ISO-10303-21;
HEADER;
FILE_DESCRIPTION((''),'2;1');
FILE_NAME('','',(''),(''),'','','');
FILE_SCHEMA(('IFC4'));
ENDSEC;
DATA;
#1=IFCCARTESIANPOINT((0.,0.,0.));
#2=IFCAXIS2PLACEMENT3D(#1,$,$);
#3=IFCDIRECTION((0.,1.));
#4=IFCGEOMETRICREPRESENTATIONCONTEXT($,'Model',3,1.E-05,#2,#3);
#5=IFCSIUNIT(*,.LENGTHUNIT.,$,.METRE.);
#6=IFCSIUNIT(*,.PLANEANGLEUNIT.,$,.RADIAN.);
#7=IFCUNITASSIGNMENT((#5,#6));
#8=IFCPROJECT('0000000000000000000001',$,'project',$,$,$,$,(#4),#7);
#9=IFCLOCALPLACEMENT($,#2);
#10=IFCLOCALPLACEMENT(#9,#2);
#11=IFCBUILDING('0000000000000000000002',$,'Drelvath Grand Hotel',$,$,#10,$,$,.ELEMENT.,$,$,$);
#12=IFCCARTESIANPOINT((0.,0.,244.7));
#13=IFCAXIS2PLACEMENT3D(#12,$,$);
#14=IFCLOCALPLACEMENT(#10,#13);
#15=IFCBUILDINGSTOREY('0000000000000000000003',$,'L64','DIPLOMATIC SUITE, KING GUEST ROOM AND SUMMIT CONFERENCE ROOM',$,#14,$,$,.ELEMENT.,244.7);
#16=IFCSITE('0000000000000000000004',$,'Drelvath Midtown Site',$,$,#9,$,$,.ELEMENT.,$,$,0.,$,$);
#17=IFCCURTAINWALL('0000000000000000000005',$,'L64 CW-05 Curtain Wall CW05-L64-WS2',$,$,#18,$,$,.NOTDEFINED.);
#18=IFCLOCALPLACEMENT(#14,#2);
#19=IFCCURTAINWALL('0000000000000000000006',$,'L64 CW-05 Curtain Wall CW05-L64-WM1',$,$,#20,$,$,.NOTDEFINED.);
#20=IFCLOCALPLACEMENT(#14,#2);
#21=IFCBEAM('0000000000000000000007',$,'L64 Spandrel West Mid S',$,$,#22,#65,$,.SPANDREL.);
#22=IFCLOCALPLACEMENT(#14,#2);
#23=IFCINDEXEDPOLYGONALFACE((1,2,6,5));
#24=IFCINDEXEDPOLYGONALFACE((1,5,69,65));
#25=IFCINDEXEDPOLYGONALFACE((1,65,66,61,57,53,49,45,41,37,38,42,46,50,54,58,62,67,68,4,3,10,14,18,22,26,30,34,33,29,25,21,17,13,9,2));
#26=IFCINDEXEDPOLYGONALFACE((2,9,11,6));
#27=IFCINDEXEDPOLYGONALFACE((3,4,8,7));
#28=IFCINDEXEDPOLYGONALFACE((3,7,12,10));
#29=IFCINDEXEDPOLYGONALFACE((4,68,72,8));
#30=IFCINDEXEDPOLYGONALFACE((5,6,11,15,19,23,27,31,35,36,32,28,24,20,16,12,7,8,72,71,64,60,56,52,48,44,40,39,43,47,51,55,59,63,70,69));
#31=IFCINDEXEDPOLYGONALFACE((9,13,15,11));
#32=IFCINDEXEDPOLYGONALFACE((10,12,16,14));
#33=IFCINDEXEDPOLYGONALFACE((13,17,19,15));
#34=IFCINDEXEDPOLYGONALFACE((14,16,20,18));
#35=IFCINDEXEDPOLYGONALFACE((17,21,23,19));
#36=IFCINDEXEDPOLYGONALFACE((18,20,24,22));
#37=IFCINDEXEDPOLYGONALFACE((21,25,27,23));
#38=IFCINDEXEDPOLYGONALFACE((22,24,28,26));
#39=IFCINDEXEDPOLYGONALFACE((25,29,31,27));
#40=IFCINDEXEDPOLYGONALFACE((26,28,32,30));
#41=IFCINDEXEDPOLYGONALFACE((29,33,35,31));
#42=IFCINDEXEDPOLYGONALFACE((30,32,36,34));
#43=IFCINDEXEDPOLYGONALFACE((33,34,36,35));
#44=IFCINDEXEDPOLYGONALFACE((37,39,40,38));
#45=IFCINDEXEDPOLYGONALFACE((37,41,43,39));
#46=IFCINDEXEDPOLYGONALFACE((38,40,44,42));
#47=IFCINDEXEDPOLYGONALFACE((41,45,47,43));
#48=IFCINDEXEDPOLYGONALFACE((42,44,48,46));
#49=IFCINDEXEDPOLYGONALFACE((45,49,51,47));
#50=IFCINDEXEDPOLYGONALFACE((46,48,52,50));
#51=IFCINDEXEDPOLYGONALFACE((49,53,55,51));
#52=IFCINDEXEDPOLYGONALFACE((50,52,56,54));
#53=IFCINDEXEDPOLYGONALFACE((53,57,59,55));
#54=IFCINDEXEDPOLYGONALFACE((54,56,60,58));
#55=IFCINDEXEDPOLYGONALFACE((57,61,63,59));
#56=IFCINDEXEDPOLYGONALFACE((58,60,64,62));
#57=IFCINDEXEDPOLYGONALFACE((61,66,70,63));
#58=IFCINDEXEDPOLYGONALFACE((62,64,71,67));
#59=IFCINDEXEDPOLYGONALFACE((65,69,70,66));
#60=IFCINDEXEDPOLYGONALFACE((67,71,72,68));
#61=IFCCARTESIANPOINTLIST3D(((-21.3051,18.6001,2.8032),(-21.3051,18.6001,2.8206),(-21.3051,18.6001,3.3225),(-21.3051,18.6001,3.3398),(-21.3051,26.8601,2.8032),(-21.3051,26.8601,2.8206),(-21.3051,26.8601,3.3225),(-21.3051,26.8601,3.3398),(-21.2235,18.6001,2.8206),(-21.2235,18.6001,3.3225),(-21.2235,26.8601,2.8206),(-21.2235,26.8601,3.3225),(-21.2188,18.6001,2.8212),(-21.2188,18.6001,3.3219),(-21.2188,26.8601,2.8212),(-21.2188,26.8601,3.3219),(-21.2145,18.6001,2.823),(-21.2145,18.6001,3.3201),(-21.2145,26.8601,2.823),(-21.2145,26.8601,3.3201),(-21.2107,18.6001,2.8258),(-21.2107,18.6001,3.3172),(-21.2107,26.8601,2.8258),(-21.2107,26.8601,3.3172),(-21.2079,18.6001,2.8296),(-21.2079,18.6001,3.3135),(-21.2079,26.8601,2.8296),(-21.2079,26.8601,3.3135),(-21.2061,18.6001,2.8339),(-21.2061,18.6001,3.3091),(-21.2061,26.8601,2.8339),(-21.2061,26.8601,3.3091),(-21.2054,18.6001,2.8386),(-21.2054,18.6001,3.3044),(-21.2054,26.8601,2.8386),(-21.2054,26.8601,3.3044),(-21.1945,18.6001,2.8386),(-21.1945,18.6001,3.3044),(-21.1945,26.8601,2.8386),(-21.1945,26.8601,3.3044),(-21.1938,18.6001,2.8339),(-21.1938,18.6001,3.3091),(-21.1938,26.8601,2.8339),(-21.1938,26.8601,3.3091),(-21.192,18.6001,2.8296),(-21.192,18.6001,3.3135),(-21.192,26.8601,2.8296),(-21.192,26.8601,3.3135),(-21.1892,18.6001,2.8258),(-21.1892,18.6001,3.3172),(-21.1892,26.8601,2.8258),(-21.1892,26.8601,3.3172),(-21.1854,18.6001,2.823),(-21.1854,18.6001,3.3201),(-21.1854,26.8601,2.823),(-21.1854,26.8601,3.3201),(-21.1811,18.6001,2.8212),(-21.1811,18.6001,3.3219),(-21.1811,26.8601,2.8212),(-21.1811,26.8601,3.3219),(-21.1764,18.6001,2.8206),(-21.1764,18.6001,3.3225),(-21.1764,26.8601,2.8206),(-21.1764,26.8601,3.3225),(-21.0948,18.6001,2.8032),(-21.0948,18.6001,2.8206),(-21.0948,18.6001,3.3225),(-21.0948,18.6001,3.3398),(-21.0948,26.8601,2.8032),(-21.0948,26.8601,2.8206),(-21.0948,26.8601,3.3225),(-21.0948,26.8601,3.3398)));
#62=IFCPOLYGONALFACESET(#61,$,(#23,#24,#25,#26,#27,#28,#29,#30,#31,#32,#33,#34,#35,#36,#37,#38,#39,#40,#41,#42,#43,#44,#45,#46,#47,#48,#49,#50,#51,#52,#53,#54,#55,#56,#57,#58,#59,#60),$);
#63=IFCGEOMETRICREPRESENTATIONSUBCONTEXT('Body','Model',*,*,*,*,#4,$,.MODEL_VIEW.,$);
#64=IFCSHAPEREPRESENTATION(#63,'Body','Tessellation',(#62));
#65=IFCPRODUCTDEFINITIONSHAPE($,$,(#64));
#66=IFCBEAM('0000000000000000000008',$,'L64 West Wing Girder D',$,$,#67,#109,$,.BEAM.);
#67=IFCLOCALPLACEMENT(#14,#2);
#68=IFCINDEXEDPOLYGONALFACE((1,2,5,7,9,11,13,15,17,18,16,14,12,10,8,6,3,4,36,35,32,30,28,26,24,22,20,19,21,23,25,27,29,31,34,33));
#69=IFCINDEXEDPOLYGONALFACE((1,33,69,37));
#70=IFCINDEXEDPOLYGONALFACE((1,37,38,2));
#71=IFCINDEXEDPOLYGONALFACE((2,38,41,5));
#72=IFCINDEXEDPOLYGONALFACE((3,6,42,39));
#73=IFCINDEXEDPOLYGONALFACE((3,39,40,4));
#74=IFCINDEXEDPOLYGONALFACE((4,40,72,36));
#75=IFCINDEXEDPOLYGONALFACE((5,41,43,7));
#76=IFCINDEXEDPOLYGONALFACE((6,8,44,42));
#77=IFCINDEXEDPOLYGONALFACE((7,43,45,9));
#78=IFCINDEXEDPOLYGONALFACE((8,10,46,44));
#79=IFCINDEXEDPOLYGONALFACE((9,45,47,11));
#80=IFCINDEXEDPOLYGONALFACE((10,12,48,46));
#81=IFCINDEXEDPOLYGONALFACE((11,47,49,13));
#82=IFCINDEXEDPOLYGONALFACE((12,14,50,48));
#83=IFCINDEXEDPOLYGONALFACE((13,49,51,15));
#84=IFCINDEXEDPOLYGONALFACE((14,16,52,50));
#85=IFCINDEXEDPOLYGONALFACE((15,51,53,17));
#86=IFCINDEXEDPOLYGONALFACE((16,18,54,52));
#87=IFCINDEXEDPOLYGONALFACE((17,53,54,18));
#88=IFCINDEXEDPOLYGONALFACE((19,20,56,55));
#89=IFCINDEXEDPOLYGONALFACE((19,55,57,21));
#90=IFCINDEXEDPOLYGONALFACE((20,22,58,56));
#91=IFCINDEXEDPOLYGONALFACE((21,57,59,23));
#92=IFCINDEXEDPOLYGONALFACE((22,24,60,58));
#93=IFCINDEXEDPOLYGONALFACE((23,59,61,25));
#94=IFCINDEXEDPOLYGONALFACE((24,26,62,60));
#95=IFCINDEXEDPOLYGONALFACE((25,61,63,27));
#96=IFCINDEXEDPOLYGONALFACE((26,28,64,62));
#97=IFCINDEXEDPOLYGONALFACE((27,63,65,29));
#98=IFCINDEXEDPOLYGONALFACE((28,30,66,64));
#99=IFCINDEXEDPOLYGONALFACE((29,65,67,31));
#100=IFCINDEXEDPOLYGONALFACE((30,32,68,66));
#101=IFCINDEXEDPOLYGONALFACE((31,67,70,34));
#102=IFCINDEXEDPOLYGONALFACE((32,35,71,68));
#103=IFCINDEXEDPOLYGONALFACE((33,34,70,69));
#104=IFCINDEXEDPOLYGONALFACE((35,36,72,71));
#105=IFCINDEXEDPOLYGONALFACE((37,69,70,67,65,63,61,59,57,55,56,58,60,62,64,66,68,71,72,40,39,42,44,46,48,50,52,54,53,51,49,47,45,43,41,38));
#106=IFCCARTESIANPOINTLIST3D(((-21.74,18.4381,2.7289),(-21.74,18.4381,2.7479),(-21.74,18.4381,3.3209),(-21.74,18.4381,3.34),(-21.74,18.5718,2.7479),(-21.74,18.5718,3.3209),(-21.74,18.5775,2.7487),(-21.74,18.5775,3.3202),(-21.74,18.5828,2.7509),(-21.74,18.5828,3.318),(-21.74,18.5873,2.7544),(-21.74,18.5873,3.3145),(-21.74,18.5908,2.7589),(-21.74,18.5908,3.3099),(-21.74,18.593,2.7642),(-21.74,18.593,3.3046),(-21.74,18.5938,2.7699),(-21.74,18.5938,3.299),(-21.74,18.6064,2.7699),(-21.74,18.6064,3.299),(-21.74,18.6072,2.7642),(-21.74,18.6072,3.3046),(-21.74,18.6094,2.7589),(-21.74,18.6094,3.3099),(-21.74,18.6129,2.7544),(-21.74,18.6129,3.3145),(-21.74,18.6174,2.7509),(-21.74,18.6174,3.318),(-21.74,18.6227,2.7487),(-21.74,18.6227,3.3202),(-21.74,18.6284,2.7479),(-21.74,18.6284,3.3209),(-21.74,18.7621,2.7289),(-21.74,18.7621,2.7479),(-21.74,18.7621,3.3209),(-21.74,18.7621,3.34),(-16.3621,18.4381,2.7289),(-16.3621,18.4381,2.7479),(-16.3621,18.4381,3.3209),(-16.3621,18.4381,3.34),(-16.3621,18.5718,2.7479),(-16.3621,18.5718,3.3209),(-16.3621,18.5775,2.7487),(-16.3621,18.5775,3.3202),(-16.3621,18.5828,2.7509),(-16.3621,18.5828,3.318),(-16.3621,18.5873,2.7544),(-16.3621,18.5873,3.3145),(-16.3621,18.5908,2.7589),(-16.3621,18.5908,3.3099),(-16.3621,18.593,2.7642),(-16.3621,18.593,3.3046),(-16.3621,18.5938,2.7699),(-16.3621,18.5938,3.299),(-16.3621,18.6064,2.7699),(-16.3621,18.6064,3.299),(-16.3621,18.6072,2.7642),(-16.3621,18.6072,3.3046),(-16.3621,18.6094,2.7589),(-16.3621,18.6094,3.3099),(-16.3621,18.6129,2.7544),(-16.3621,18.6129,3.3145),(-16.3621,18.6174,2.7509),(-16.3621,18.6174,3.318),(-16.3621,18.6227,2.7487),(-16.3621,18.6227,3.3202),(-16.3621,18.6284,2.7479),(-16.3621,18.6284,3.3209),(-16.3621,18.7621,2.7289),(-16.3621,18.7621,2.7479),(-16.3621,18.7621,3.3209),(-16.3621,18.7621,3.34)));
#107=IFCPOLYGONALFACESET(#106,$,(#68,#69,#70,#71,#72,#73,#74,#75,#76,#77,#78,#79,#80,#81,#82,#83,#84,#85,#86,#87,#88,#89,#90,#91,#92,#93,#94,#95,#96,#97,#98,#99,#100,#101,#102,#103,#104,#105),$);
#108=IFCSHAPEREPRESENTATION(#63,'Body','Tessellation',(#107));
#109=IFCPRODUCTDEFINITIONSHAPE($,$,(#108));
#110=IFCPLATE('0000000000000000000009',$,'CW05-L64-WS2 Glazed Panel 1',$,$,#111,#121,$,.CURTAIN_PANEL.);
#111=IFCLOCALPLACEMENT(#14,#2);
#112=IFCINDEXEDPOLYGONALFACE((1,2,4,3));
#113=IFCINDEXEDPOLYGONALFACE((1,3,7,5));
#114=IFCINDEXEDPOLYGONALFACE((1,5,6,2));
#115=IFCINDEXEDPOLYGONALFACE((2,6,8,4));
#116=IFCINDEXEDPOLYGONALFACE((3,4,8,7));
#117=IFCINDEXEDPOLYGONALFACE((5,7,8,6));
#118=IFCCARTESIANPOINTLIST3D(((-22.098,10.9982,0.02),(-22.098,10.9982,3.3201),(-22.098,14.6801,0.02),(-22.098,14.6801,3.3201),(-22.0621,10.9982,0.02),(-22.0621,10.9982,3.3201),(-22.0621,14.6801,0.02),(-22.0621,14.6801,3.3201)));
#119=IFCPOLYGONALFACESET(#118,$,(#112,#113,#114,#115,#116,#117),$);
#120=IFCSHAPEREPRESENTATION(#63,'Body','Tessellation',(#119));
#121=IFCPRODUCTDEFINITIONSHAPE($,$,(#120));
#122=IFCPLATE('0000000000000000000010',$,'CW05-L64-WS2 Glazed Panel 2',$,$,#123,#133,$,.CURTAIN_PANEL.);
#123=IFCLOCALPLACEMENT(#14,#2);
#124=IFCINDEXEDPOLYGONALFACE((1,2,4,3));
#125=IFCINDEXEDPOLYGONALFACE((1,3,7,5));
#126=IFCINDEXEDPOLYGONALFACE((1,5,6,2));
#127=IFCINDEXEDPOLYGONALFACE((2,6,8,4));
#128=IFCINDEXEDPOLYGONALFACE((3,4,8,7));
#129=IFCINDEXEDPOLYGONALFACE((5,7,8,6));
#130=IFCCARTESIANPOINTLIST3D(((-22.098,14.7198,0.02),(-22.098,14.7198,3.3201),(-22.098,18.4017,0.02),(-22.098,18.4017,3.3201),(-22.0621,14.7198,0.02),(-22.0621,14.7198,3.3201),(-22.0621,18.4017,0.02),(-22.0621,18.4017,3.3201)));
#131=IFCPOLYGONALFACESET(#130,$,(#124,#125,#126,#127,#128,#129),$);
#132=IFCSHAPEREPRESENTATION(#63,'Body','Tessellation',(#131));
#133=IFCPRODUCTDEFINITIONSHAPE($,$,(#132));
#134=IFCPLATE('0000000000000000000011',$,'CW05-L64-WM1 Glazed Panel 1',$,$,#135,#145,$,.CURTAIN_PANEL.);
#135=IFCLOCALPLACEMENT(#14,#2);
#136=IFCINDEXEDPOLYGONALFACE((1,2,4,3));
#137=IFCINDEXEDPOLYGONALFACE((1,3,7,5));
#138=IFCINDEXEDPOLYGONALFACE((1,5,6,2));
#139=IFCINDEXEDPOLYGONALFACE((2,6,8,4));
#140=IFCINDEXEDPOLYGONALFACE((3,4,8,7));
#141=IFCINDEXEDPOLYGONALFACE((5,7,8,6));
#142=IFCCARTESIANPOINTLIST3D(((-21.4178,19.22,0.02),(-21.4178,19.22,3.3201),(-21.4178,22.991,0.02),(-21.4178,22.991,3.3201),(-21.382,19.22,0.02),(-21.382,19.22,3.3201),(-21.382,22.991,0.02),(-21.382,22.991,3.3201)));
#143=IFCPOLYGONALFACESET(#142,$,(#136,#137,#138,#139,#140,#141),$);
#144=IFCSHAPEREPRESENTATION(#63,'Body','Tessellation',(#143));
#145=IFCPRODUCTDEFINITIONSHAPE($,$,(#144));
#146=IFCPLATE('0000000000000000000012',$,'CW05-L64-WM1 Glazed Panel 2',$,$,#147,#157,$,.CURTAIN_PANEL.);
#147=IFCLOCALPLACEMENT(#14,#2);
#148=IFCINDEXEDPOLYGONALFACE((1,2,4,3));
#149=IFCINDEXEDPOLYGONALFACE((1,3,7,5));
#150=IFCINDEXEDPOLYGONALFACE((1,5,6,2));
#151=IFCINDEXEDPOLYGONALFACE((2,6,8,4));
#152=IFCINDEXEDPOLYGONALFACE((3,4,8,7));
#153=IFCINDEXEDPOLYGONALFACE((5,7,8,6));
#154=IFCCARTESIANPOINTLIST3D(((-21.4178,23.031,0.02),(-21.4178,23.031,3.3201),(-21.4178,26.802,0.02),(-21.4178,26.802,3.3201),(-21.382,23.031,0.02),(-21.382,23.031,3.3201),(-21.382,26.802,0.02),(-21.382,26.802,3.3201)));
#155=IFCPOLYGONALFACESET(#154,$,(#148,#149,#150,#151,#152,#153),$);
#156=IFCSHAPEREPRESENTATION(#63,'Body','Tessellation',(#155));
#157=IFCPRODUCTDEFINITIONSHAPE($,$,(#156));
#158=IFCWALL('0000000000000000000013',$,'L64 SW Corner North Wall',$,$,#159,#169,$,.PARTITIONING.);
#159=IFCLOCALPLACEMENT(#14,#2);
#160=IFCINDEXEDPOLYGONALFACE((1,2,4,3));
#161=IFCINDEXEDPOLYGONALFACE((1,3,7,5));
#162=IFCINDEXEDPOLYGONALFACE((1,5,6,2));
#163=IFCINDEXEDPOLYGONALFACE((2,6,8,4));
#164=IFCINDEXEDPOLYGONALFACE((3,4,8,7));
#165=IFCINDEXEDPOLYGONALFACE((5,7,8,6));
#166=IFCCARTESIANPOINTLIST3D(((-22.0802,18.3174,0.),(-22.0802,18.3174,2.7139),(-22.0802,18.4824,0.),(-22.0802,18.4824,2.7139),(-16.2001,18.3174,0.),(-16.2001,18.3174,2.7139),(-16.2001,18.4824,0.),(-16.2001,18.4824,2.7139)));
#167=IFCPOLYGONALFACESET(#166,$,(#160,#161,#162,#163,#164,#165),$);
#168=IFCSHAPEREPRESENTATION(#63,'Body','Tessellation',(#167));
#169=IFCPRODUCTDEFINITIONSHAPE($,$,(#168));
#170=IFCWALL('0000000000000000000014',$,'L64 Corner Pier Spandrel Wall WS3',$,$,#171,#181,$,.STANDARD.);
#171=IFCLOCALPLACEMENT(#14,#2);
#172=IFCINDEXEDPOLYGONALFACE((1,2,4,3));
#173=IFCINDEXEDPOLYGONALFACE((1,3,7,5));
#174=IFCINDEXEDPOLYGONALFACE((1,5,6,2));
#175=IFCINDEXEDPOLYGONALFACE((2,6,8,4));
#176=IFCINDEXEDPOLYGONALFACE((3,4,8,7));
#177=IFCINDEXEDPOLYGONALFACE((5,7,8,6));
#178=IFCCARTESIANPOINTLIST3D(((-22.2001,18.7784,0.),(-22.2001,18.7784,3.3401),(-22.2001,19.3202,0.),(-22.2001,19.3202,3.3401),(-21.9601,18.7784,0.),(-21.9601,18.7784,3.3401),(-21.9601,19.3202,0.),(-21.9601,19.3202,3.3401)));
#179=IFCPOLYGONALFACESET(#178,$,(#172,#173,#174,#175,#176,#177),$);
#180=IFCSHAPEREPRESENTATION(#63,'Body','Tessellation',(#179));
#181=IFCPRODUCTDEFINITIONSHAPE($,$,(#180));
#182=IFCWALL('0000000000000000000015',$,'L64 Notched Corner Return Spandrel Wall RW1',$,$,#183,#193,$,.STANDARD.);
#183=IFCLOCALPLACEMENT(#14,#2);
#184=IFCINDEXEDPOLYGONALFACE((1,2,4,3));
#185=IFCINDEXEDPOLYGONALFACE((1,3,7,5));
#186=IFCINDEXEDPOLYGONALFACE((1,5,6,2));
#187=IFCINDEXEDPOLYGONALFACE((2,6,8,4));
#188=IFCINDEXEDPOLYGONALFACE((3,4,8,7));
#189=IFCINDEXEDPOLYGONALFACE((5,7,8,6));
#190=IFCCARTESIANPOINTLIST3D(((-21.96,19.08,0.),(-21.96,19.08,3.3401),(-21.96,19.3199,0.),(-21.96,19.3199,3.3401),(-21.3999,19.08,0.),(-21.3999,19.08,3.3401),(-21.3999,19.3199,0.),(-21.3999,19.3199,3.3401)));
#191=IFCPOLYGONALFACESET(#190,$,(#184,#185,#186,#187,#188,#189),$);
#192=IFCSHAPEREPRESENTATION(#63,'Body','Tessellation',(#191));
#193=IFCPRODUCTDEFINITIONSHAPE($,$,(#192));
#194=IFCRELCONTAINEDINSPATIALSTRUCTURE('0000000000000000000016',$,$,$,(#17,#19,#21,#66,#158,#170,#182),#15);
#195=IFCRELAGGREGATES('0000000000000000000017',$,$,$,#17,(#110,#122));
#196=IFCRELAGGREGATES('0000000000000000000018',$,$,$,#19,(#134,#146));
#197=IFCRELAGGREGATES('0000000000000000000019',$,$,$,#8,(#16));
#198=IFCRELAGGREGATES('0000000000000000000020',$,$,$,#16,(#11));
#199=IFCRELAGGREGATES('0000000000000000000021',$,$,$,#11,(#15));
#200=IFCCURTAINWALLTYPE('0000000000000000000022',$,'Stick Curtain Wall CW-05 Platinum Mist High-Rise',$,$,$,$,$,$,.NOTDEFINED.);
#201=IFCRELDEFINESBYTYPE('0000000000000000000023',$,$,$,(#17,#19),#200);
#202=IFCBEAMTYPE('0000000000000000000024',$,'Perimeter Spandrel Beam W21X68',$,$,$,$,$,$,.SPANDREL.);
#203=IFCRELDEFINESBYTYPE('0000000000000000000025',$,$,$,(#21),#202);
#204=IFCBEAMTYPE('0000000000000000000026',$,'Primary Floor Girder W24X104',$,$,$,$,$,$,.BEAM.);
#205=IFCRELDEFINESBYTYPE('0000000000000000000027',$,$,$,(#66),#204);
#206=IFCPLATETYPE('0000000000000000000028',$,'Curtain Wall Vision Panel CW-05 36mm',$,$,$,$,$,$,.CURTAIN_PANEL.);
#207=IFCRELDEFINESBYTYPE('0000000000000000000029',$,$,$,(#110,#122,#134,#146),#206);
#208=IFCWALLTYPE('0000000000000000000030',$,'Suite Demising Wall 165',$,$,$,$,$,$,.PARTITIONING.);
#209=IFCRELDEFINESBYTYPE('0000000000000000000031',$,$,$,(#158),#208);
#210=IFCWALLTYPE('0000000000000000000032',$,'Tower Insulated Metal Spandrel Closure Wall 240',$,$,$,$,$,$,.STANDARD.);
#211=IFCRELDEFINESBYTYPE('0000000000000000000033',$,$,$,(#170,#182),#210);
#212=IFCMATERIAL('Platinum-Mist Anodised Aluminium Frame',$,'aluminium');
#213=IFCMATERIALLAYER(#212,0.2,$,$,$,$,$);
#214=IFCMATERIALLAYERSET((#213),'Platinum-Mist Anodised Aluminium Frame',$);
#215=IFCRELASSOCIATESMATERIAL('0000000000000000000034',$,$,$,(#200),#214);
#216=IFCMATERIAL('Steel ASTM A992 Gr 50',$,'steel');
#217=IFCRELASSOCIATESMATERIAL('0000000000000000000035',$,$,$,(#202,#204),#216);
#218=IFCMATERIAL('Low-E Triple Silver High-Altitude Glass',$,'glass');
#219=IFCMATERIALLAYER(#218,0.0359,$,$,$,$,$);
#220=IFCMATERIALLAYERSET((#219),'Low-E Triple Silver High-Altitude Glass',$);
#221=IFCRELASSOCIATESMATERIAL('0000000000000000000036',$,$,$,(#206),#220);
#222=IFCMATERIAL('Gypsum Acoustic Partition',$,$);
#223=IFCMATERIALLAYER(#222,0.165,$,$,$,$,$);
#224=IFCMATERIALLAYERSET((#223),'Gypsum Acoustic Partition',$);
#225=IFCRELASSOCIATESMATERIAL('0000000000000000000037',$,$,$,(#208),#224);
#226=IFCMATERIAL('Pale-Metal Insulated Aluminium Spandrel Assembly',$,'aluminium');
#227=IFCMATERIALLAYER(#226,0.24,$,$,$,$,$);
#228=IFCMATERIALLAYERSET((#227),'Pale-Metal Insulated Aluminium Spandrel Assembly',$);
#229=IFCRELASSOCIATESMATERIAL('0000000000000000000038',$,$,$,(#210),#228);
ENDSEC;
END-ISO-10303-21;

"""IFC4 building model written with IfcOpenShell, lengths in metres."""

from ifc_helpers import new_model, si_unit, direction, frame, frame_2d, origin, origin_2d, place, context, subcontext, project, spatial, rectangle, i_section, extrude, material, layer, layer_set, material_profile, profile_set, type_object, element, aggregate, save


model = new_model("IFC4")

# Units and contexts
model_context = context("Model", 3, precision=1e-05, world=origin(), true_north=direction((0.0, 1.0)))
body_context = subcontext(model_context, "Body", "Model", "MODEL_VIEW")
ifc_project = project(units=[si_unit("LENGTHUNIT", "METRE"), si_unit("PLANEANGLEUNIT", "RADIAN")], contexts=[model_context])

# Site, building, storey
site_placement = place(None, origin())
site = spatial("IfcSite", under=ifc_project, at=site_placement, Name="Drelvath Midtown Site", CompositionType="ELEMENT", RefElevation=0.0)
building_placement = place(site_placement, origin())
building = spatial("IfcBuilding", under=site, at=building_placement, Name="Drelvath Grand Hotel", CompositionType="ELEMENT")
storey_placement = place(building_placement, frame((0.0, 0.0, 244.7)))
storey = spatial("IfcBuildingStorey", under=building, at=storey_placement, Name="L64", Description="DIPLOMATIC SUITE, KING GUEST ROOM AND SUMMIT CONFERENCE ROOM", CompositionType="ELEMENT", Elevation=244.7)

# Shared definitions
ifc_material_1 = material(Name="Steel ASTM A992 Gr 50", Category="steel")

# Curtain walls
ifc_material_2 = material(Name="Platinum-Mist Anodised Aluminium Frame", Category="aluminium")
ifc_layer_1 = layer(ifc_material_2, 0.2)
ifc_layer_set_1 = layer_set([ifc_layer_1], Name="Platinum-Mist Anodised Aluminium Frame")
curtain_wall_type = type_object("IfcCurtainWallType", Name="Stick Curtain Wall CW-05 Platinum Mist High-Rise", PredefinedType="NOTDEFINED", material=ifc_layer_set_1)
curtain_wall_1_placement = place(storey_placement, origin())
curtain_wall_1 = element("IfcCurtainWall", 1, at=curtain_wall_1_placement, inside=storey, type_object=curtain_wall_type, Name="L64 CW-05 Curtain Wall CW05-L64-WS2", PredefinedType="NOTDEFINED")
curtain_wall_2_placement = place(storey_placement, origin())
curtain_wall_2 = element("IfcCurtainWall", 2, at=curtain_wall_2_placement, inside=storey, type_object=curtain_wall_type, Name="L64 CW-05 Curtain Wall CW05-L64-WM1", PredefinedType="NOTDEFINED")

# Beams
ifc_material_profile_1 = material_profile(ifc_material_1, i_section(OverallWidth=0.2102, OverallDepth=0.5366, WebThickness=0.011, FlangeThickness=0.0173, FilletRadius=0.0181, at=origin_2d()), Name="W21X68")
ifc_profile_set_1 = profile_set([ifc_material_profile_1], Name="Steel ASTM A992 Gr 50")
beam_type_1 = type_object("IfcBeamType", Name="Perimeter Spandrel Beam W21X68", PredefinedType="SPANDREL", material=ifc_profile_set_1)
beam_1_placement = place(storey_placement, frame((-21.2, 18.6001, 3.0715), z_axis=(0.0, 1.0, 0.0), x_axis=(-1.0, 0.0, 0.0)))
element("IfcBeam", 3, at=beam_1_placement, inside=storey, type_object=beam_type_1, Name="L64 Spandrel West Mid S", PredefinedType="SPANDREL", context=body_context, shape_type="SweptSolid", body=[
    extrude(i_section(OverallWidth=0.2102, OverallDepth=0.5366, WebThickness=0.011, FlangeThickness=0.0173, FilletRadius=0.0181, at=origin_2d()), origin(), (0.0, 0.0, 1.0), 8.26),
])
ifc_material_profile_2 = material_profile(ifc_material_1, i_section(OverallWidth=0.324, OverallDepth=0.6111, WebThickness=0.0127, FlangeThickness=0.019, FilletRadius=0.022, at=origin_2d()), Name="W24X104")
ifc_profile_set_2 = profile_set([ifc_material_profile_2], Name="Steel ASTM A992 Gr 50")
beam_type_2 = type_object("IfcBeamType", Name="Primary Floor Girder W24X104", PredefinedType="BEAM", material=ifc_profile_set_2)
beam_2_placement = place(storey_placement, frame((-21.74, 18.6001, 3.0344), z_axis=(1.0, 0.0, 0.0), x_axis=(0.0, 1.0, 0.0)))
element("IfcBeam", 4, at=beam_2_placement, inside=storey, type_object=beam_type_2, Name="L64 West Wing Girder D", PredefinedType="BEAM", context=body_context, shape_type="SweptSolid", body=[
    extrude(i_section(OverallWidth=0.324, OverallDepth=0.6111, WebThickness=0.0127, FlangeThickness=0.019, FilletRadius=0.022, at=origin_2d()), origin(), (0.0, 0.0, 1.0), 5.3779),
])

# Plates
ifc_material_3 = material(Name="Low-E Triple Silver High-Altitude Glass", Category="glass")
ifc_layer_2 = layer(ifc_material_3, 0.0359)
ifc_layer_set_2 = layer_set([ifc_layer_2], Name="Low-E Triple Silver High-Altitude Glass")
plate_type = type_object("IfcPlateType", Name="Curtain Wall Vision Panel CW-05 36mm", PredefinedType="CURTAIN_PANEL", material=ifc_layer_set_2)
plate_1_placement = place(storey_placement, frame((-22.0801, 12.8391, 0.02), z_axis=(0.0, 0.0, 1.0), x_axis=(0.0, 1.0, 0.0)))
plate_1 = element("IfcPlate", 5, at=plate_1_placement, type_object=plate_type, Name="CW05-L64-WS2 Glazed Panel 1", PredefinedType="CURTAIN_PANEL", context=body_context, shape_type="SweptSolid", body=[
    extrude(rectangle(XDim=3.6819, YDim=0.0359, at=origin_2d()), origin(), (0.0, 0.0, 1.0), 3.3),
])
plate_2_placement = place(storey_placement, frame((-22.0801, 16.5608, 0.02), z_axis=(0.0, 0.0, 1.0), x_axis=(0.0, 1.0, 0.0)))
plate_2 = element("IfcPlate", 6, at=plate_2_placement, type_object=plate_type, Name="CW05-L64-WS2 Glazed Panel 2", PredefinedType="CURTAIN_PANEL", context=body_context, shape_type="SweptSolid", body=[
    extrude(rectangle(XDim=3.6819, YDim=0.0359, at=origin_2d()), origin(), (0.0, 0.0, 1.0), 3.3),
])
aggregate(curtain_wall_1, [plate_1, plate_2])
plate_3_placement = place(storey_placement, frame((-21.3999, 21.1055, 0.02), z_axis=(0.0, 0.0, 1.0), x_axis=(0.0, 1.0, 0.0)))
plate_3 = element("IfcPlate", 7, at=plate_3_placement, type_object=plate_type, Name="CW05-L64-WM1 Glazed Panel 1", PredefinedType="CURTAIN_PANEL", context=body_context, shape_type="SweptSolid", body=[
    extrude(rectangle(XDim=3.771, YDim=0.0359, at=origin_2d()), origin(), (0.0, 0.0, 1.0), 3.3),
])
plate_4_placement = place(storey_placement, frame((-21.3999, 24.9165, 0.02), z_axis=(0.0, 0.0, 1.0), x_axis=(0.0, 1.0, 0.0)))
plate_4 = element("IfcPlate", 8, at=plate_4_placement, type_object=plate_type, Name="CW05-L64-WM1 Glazed Panel 2", PredefinedType="CURTAIN_PANEL", context=body_context, shape_type="SweptSolid", body=[
    extrude(rectangle(XDim=3.771, YDim=0.0359, at=origin_2d()), origin(), (0.0, 0.0, 1.0), 3.3),
])
aggregate(curtain_wall_2, [plate_3, plate_4])

# Walls
ifc_material_4 = material(Name="Gypsum Acoustic Partition")
ifc_layer_3 = layer(ifc_material_4, 0.165)
ifc_layer_set_3 = layer_set([ifc_layer_3], Name="Gypsum Acoustic Partition")
wall_type_1 = type_object("IfcWallType", Name="Suite Demising Wall 165", PredefinedType="PARTITIONING", material=ifc_layer_set_3)
wall_1_placement = place(storey_placement, frame((-22.0801, 18.3999, 0.0), z_axis=(0.0, 0.0, 1.0), x_axis=(1.0, 0.0, 0.0)))
element("IfcWall", 9, at=wall_1_placement, inside=storey, type_object=wall_type_1, Name="L64 SW Corner North Wall", PredefinedType="PARTITIONING", context=body_context, shape_type="SweptSolid", body=[
    extrude(rectangle(XDim=5.8801, YDim=0.165, at=frame_2d((2.9399, 0.0))), origin(), (0.0, 0.0, 1.0), 2.7139),
])
ifc_material_5 = material(Name="Pale-Metal Insulated Aluminium Spandrel Assembly", Category="aluminium")
ifc_layer_4 = layer(ifc_material_5, 0.24)
ifc_layer_set_4 = layer_set([ifc_layer_4], Name="Pale-Metal Insulated Aluminium Spandrel Assembly")
wall_type_2 = type_object("IfcWallType", Name="Tower Insulated Metal Spandrel Closure Wall 240", PredefinedType="STANDARD", material=ifc_layer_set_4)
wall_2_placement = place(storey_placement, frame((-22.0801, 18.7783, 0.0), z_axis=(0.0, 0.0, 1.0), x_axis=(0.0, 1.0, 0.0)))
element("IfcWall", 10, at=wall_2_placement, inside=storey, type_object=wall_type_2, Name="L64 Corner Pier Spandrel Wall WS3", PredefinedType="STANDARD", context=body_context, shape_type="SweptSolid", body=[
    extrude(rectangle(XDim=0.5417, YDim=0.24, at=frame_2d((0.271, 0.0))), origin(), (0.0, 0.0, 1.0), 3.3401),
])
wall_3_placement = place(storey_placement, frame((-21.96, 19.2, 0.0), z_axis=(0.0, 0.0, 1.0), x_axis=(1.0, 0.0, 0.0)))
element("IfcWall", 11, at=wall_3_placement, inside=storey, type_object=wall_type_2, Name="L64 Notched Corner Return Spandrel Wall RW1", PredefinedType="STANDARD", context=body_context, shape_type="SweptSolid", body=[
    extrude(rectangle(XDim=0.5601, YDim=0.24, at=frame_2d((0.28, 0.0))), origin(), (0.0, 0.0, 1.0), 3.3401),
])

save(model, "model.ifc")
